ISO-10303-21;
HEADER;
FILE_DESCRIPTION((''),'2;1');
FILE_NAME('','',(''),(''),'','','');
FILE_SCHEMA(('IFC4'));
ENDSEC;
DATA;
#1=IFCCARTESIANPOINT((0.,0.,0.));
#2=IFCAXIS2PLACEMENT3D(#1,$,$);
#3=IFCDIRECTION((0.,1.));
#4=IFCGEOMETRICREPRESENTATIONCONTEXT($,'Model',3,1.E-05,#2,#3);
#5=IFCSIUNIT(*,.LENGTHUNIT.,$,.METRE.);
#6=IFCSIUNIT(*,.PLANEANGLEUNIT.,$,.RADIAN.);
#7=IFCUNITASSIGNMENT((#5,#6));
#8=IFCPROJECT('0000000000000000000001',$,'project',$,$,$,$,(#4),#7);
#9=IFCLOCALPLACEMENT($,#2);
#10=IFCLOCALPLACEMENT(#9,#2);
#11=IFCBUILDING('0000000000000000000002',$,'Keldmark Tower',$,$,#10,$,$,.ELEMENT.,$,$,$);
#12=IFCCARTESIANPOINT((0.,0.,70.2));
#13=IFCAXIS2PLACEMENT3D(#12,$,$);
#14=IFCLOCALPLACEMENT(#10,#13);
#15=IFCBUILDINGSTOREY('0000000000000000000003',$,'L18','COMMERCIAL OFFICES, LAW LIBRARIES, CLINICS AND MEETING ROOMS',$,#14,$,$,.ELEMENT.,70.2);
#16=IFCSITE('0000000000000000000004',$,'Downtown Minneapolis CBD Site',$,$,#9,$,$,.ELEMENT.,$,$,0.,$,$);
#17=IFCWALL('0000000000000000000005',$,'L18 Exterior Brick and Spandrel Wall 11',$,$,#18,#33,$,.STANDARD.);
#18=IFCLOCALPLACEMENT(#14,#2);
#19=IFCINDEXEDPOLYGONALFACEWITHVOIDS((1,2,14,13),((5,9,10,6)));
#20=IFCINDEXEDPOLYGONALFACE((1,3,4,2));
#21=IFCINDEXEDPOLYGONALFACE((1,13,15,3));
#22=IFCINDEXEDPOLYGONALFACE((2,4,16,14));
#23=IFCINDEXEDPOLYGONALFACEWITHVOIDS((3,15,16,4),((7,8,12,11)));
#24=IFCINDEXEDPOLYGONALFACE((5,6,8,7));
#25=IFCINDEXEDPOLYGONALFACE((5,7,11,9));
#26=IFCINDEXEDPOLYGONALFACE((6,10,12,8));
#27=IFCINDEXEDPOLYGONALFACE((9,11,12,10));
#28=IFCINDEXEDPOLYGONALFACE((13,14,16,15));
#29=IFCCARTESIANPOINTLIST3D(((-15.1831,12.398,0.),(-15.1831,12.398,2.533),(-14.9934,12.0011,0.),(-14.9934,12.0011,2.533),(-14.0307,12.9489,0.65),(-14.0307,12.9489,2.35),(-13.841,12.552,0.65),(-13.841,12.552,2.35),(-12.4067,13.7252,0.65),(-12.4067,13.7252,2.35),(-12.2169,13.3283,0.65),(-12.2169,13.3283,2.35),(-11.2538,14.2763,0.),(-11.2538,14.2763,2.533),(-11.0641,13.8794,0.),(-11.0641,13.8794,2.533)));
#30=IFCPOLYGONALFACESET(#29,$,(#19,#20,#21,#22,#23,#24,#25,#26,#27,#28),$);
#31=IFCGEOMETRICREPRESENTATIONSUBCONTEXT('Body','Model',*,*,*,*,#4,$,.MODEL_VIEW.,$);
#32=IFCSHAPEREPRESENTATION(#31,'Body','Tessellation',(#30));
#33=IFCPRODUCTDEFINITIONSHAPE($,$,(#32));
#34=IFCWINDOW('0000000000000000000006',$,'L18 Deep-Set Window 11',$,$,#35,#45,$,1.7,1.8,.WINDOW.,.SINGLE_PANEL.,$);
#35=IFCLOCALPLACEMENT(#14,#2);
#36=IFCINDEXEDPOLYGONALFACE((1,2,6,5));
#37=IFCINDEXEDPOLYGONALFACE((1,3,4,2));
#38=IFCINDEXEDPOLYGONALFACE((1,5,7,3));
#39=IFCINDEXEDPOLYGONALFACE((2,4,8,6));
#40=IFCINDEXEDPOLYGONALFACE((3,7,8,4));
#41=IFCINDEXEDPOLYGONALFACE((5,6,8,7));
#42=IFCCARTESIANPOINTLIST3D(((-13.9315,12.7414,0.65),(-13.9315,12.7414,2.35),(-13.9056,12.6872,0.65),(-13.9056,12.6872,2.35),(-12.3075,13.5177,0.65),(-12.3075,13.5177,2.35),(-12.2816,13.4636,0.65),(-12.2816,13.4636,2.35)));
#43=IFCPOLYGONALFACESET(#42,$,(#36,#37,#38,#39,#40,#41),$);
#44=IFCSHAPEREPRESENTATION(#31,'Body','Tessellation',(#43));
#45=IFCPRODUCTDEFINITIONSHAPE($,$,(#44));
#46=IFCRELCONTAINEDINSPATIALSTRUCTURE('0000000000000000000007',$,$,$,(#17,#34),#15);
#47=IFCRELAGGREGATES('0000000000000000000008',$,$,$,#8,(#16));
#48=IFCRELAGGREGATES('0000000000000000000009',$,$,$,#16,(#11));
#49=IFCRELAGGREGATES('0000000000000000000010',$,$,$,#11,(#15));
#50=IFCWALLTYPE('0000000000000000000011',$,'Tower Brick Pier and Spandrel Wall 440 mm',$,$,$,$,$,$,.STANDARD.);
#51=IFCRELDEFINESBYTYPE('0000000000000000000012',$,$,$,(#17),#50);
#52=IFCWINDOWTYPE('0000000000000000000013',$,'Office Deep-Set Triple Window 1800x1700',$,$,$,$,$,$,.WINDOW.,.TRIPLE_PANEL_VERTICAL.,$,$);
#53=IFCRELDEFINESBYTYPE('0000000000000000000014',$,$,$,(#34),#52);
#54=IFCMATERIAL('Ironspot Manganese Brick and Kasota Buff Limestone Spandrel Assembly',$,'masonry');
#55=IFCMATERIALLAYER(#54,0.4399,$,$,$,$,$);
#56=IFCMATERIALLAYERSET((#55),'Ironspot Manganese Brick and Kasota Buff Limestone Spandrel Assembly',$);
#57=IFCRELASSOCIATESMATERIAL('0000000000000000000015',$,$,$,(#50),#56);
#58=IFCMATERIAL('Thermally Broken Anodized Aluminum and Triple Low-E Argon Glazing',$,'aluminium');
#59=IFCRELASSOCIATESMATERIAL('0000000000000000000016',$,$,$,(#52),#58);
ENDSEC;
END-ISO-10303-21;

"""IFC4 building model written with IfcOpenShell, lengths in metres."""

from ifc_helpers import new_model, si_unit, direction, frame, frame_2d, origin, place, context, subcontext, project, spatial, rectangle, extrude, material, layer, layer_set, type_object, element, fill, save


model = new_model("IFC4")

# Units and contexts
model_context = context("Model", 3, precision=1e-05, world=origin(), true_north=direction((0.0, 1.0)))
body_context = subcontext(model_context, "Body", "Model", "MODEL_VIEW")
ifc_project = project(units=[si_unit("LENGTHUNIT", "METRE"), si_unit("PLANEANGLEUNIT", "RADIAN")], contexts=[model_context])

# Site, building, storey
site_placement = place(None, origin())
site = spatial("IfcSite", under=ifc_project, at=site_placement, Name="Downtown Minneapolis CBD Site", CompositionType="ELEMENT", RefElevation=0.0)
building_placement = place(site_placement, origin())
building = spatial("IfcBuilding", under=site, at=building_placement, Name="Keldmark Tower", CompositionType="ELEMENT")
storey_placement = place(building_placement, frame((0.0, 0.0, 70.2)))
storey = spatial("IfcBuildingStorey", under=building, at=storey_placement, Name="L18", Description="COMMERCIAL OFFICES, LAW LIBRARIES, CLINICS AND MEETING ROOMS", CompositionType="ELEMENT", Elevation=70.2)

# Wall, opening, window
ifc_material_1 = material(Name="Ironspot Manganese Brick and Kasota Buff Limestone Spandrel Assembly", Category="masonry")
ifc_layer_1 = layer(ifc_material_1, 0.4399)
ifc_layer_set_1 = layer_set([ifc_layer_1], Name="Ironspot Manganese Brick and Kasota Buff Limestone Spandrel Assembly")
wall_type_1 = type_object("IfcWallType", Name="Tower Brick Pier and Spandrel Wall 440 mm", PredefinedType="STANDARD", material=ifc_layer_set_1)
wall_1_placement = place(storey_placement, frame((-15.0884, 12.1995, 0.0), z_axis=(0.0, 0.0, 1.0), x_axis=(0.902213, 0.431291, 0.0)))
wall_1 = element("IfcWall", 1, at=wall_1_placement, inside=storey, type_object=wall_type_1, Name="L18 Exterior Brick and Spandrel Wall 11", PredefinedType="STANDARD", context=body_context, shape_type="SweptSolid", body=[
    extrude(rectangle(XDim=4.3552, YDim=0.4399, at=frame_2d((2.1777, 0.0))), origin(), (0.0, 0.0, 1.0), 2.533),
])
opening_placement = place(wall_1_placement, frame((1.2776, 0.0, 0.6499)))
opening = element("IfcOpeningElement", 2, at=opening_placement, cuts=wall_1, PredefinedType="OPENING", context=body_context, shape_type="SweptSolid", body=[
    extrude(rectangle(XDim=1.8, YDim=1.7, at=frame_2d((0.8999, 0.8501))), frame((0.0, 0.23, 0.0), z_axis=(0.0, -1.0, 0.0), x_axis=(1.0, 0.0, 0.0)), (0.0, 0.0, 1.0), 0.46),
])
ifc_material_2 = material(Name="Thermally Broken Anodized Aluminum and Triple Low-E Argon Glazing", Category="aluminium")
window_type = type_object("IfcWindowType", Name="Office Deep-Set Triple Window 1800x1700", PartitioningType="TRIPLE_PANEL_VERTICAL", PredefinedType="WINDOW", material=ifc_material_2)
window_placement = place(opening_placement, origin())
window = element("IfcWindow", 3, at=window_placement, inside=storey, type_object=window_type, Name="L18 Deep-Set Window 11", OverallHeight=1.7, OverallWidth=1.8, PartitioningType="SINGLE_PANEL", PredefinedType="WINDOW", context=body_context, shape_type="SweptSolid", body=[
    extrude(rectangle(XDim=1.8, YDim=1.7, at=frame_2d((0.8999, 0.8501))), frame((0.0, -0.01, 0.0), z_axis=(0.0, -1.0, 0.0), x_axis=(1.0, 0.0, 0.0)), (0.0, 0.0, 1.0), 0.0601),
])
fill(opening, window)

save(model, "model.ifc")
